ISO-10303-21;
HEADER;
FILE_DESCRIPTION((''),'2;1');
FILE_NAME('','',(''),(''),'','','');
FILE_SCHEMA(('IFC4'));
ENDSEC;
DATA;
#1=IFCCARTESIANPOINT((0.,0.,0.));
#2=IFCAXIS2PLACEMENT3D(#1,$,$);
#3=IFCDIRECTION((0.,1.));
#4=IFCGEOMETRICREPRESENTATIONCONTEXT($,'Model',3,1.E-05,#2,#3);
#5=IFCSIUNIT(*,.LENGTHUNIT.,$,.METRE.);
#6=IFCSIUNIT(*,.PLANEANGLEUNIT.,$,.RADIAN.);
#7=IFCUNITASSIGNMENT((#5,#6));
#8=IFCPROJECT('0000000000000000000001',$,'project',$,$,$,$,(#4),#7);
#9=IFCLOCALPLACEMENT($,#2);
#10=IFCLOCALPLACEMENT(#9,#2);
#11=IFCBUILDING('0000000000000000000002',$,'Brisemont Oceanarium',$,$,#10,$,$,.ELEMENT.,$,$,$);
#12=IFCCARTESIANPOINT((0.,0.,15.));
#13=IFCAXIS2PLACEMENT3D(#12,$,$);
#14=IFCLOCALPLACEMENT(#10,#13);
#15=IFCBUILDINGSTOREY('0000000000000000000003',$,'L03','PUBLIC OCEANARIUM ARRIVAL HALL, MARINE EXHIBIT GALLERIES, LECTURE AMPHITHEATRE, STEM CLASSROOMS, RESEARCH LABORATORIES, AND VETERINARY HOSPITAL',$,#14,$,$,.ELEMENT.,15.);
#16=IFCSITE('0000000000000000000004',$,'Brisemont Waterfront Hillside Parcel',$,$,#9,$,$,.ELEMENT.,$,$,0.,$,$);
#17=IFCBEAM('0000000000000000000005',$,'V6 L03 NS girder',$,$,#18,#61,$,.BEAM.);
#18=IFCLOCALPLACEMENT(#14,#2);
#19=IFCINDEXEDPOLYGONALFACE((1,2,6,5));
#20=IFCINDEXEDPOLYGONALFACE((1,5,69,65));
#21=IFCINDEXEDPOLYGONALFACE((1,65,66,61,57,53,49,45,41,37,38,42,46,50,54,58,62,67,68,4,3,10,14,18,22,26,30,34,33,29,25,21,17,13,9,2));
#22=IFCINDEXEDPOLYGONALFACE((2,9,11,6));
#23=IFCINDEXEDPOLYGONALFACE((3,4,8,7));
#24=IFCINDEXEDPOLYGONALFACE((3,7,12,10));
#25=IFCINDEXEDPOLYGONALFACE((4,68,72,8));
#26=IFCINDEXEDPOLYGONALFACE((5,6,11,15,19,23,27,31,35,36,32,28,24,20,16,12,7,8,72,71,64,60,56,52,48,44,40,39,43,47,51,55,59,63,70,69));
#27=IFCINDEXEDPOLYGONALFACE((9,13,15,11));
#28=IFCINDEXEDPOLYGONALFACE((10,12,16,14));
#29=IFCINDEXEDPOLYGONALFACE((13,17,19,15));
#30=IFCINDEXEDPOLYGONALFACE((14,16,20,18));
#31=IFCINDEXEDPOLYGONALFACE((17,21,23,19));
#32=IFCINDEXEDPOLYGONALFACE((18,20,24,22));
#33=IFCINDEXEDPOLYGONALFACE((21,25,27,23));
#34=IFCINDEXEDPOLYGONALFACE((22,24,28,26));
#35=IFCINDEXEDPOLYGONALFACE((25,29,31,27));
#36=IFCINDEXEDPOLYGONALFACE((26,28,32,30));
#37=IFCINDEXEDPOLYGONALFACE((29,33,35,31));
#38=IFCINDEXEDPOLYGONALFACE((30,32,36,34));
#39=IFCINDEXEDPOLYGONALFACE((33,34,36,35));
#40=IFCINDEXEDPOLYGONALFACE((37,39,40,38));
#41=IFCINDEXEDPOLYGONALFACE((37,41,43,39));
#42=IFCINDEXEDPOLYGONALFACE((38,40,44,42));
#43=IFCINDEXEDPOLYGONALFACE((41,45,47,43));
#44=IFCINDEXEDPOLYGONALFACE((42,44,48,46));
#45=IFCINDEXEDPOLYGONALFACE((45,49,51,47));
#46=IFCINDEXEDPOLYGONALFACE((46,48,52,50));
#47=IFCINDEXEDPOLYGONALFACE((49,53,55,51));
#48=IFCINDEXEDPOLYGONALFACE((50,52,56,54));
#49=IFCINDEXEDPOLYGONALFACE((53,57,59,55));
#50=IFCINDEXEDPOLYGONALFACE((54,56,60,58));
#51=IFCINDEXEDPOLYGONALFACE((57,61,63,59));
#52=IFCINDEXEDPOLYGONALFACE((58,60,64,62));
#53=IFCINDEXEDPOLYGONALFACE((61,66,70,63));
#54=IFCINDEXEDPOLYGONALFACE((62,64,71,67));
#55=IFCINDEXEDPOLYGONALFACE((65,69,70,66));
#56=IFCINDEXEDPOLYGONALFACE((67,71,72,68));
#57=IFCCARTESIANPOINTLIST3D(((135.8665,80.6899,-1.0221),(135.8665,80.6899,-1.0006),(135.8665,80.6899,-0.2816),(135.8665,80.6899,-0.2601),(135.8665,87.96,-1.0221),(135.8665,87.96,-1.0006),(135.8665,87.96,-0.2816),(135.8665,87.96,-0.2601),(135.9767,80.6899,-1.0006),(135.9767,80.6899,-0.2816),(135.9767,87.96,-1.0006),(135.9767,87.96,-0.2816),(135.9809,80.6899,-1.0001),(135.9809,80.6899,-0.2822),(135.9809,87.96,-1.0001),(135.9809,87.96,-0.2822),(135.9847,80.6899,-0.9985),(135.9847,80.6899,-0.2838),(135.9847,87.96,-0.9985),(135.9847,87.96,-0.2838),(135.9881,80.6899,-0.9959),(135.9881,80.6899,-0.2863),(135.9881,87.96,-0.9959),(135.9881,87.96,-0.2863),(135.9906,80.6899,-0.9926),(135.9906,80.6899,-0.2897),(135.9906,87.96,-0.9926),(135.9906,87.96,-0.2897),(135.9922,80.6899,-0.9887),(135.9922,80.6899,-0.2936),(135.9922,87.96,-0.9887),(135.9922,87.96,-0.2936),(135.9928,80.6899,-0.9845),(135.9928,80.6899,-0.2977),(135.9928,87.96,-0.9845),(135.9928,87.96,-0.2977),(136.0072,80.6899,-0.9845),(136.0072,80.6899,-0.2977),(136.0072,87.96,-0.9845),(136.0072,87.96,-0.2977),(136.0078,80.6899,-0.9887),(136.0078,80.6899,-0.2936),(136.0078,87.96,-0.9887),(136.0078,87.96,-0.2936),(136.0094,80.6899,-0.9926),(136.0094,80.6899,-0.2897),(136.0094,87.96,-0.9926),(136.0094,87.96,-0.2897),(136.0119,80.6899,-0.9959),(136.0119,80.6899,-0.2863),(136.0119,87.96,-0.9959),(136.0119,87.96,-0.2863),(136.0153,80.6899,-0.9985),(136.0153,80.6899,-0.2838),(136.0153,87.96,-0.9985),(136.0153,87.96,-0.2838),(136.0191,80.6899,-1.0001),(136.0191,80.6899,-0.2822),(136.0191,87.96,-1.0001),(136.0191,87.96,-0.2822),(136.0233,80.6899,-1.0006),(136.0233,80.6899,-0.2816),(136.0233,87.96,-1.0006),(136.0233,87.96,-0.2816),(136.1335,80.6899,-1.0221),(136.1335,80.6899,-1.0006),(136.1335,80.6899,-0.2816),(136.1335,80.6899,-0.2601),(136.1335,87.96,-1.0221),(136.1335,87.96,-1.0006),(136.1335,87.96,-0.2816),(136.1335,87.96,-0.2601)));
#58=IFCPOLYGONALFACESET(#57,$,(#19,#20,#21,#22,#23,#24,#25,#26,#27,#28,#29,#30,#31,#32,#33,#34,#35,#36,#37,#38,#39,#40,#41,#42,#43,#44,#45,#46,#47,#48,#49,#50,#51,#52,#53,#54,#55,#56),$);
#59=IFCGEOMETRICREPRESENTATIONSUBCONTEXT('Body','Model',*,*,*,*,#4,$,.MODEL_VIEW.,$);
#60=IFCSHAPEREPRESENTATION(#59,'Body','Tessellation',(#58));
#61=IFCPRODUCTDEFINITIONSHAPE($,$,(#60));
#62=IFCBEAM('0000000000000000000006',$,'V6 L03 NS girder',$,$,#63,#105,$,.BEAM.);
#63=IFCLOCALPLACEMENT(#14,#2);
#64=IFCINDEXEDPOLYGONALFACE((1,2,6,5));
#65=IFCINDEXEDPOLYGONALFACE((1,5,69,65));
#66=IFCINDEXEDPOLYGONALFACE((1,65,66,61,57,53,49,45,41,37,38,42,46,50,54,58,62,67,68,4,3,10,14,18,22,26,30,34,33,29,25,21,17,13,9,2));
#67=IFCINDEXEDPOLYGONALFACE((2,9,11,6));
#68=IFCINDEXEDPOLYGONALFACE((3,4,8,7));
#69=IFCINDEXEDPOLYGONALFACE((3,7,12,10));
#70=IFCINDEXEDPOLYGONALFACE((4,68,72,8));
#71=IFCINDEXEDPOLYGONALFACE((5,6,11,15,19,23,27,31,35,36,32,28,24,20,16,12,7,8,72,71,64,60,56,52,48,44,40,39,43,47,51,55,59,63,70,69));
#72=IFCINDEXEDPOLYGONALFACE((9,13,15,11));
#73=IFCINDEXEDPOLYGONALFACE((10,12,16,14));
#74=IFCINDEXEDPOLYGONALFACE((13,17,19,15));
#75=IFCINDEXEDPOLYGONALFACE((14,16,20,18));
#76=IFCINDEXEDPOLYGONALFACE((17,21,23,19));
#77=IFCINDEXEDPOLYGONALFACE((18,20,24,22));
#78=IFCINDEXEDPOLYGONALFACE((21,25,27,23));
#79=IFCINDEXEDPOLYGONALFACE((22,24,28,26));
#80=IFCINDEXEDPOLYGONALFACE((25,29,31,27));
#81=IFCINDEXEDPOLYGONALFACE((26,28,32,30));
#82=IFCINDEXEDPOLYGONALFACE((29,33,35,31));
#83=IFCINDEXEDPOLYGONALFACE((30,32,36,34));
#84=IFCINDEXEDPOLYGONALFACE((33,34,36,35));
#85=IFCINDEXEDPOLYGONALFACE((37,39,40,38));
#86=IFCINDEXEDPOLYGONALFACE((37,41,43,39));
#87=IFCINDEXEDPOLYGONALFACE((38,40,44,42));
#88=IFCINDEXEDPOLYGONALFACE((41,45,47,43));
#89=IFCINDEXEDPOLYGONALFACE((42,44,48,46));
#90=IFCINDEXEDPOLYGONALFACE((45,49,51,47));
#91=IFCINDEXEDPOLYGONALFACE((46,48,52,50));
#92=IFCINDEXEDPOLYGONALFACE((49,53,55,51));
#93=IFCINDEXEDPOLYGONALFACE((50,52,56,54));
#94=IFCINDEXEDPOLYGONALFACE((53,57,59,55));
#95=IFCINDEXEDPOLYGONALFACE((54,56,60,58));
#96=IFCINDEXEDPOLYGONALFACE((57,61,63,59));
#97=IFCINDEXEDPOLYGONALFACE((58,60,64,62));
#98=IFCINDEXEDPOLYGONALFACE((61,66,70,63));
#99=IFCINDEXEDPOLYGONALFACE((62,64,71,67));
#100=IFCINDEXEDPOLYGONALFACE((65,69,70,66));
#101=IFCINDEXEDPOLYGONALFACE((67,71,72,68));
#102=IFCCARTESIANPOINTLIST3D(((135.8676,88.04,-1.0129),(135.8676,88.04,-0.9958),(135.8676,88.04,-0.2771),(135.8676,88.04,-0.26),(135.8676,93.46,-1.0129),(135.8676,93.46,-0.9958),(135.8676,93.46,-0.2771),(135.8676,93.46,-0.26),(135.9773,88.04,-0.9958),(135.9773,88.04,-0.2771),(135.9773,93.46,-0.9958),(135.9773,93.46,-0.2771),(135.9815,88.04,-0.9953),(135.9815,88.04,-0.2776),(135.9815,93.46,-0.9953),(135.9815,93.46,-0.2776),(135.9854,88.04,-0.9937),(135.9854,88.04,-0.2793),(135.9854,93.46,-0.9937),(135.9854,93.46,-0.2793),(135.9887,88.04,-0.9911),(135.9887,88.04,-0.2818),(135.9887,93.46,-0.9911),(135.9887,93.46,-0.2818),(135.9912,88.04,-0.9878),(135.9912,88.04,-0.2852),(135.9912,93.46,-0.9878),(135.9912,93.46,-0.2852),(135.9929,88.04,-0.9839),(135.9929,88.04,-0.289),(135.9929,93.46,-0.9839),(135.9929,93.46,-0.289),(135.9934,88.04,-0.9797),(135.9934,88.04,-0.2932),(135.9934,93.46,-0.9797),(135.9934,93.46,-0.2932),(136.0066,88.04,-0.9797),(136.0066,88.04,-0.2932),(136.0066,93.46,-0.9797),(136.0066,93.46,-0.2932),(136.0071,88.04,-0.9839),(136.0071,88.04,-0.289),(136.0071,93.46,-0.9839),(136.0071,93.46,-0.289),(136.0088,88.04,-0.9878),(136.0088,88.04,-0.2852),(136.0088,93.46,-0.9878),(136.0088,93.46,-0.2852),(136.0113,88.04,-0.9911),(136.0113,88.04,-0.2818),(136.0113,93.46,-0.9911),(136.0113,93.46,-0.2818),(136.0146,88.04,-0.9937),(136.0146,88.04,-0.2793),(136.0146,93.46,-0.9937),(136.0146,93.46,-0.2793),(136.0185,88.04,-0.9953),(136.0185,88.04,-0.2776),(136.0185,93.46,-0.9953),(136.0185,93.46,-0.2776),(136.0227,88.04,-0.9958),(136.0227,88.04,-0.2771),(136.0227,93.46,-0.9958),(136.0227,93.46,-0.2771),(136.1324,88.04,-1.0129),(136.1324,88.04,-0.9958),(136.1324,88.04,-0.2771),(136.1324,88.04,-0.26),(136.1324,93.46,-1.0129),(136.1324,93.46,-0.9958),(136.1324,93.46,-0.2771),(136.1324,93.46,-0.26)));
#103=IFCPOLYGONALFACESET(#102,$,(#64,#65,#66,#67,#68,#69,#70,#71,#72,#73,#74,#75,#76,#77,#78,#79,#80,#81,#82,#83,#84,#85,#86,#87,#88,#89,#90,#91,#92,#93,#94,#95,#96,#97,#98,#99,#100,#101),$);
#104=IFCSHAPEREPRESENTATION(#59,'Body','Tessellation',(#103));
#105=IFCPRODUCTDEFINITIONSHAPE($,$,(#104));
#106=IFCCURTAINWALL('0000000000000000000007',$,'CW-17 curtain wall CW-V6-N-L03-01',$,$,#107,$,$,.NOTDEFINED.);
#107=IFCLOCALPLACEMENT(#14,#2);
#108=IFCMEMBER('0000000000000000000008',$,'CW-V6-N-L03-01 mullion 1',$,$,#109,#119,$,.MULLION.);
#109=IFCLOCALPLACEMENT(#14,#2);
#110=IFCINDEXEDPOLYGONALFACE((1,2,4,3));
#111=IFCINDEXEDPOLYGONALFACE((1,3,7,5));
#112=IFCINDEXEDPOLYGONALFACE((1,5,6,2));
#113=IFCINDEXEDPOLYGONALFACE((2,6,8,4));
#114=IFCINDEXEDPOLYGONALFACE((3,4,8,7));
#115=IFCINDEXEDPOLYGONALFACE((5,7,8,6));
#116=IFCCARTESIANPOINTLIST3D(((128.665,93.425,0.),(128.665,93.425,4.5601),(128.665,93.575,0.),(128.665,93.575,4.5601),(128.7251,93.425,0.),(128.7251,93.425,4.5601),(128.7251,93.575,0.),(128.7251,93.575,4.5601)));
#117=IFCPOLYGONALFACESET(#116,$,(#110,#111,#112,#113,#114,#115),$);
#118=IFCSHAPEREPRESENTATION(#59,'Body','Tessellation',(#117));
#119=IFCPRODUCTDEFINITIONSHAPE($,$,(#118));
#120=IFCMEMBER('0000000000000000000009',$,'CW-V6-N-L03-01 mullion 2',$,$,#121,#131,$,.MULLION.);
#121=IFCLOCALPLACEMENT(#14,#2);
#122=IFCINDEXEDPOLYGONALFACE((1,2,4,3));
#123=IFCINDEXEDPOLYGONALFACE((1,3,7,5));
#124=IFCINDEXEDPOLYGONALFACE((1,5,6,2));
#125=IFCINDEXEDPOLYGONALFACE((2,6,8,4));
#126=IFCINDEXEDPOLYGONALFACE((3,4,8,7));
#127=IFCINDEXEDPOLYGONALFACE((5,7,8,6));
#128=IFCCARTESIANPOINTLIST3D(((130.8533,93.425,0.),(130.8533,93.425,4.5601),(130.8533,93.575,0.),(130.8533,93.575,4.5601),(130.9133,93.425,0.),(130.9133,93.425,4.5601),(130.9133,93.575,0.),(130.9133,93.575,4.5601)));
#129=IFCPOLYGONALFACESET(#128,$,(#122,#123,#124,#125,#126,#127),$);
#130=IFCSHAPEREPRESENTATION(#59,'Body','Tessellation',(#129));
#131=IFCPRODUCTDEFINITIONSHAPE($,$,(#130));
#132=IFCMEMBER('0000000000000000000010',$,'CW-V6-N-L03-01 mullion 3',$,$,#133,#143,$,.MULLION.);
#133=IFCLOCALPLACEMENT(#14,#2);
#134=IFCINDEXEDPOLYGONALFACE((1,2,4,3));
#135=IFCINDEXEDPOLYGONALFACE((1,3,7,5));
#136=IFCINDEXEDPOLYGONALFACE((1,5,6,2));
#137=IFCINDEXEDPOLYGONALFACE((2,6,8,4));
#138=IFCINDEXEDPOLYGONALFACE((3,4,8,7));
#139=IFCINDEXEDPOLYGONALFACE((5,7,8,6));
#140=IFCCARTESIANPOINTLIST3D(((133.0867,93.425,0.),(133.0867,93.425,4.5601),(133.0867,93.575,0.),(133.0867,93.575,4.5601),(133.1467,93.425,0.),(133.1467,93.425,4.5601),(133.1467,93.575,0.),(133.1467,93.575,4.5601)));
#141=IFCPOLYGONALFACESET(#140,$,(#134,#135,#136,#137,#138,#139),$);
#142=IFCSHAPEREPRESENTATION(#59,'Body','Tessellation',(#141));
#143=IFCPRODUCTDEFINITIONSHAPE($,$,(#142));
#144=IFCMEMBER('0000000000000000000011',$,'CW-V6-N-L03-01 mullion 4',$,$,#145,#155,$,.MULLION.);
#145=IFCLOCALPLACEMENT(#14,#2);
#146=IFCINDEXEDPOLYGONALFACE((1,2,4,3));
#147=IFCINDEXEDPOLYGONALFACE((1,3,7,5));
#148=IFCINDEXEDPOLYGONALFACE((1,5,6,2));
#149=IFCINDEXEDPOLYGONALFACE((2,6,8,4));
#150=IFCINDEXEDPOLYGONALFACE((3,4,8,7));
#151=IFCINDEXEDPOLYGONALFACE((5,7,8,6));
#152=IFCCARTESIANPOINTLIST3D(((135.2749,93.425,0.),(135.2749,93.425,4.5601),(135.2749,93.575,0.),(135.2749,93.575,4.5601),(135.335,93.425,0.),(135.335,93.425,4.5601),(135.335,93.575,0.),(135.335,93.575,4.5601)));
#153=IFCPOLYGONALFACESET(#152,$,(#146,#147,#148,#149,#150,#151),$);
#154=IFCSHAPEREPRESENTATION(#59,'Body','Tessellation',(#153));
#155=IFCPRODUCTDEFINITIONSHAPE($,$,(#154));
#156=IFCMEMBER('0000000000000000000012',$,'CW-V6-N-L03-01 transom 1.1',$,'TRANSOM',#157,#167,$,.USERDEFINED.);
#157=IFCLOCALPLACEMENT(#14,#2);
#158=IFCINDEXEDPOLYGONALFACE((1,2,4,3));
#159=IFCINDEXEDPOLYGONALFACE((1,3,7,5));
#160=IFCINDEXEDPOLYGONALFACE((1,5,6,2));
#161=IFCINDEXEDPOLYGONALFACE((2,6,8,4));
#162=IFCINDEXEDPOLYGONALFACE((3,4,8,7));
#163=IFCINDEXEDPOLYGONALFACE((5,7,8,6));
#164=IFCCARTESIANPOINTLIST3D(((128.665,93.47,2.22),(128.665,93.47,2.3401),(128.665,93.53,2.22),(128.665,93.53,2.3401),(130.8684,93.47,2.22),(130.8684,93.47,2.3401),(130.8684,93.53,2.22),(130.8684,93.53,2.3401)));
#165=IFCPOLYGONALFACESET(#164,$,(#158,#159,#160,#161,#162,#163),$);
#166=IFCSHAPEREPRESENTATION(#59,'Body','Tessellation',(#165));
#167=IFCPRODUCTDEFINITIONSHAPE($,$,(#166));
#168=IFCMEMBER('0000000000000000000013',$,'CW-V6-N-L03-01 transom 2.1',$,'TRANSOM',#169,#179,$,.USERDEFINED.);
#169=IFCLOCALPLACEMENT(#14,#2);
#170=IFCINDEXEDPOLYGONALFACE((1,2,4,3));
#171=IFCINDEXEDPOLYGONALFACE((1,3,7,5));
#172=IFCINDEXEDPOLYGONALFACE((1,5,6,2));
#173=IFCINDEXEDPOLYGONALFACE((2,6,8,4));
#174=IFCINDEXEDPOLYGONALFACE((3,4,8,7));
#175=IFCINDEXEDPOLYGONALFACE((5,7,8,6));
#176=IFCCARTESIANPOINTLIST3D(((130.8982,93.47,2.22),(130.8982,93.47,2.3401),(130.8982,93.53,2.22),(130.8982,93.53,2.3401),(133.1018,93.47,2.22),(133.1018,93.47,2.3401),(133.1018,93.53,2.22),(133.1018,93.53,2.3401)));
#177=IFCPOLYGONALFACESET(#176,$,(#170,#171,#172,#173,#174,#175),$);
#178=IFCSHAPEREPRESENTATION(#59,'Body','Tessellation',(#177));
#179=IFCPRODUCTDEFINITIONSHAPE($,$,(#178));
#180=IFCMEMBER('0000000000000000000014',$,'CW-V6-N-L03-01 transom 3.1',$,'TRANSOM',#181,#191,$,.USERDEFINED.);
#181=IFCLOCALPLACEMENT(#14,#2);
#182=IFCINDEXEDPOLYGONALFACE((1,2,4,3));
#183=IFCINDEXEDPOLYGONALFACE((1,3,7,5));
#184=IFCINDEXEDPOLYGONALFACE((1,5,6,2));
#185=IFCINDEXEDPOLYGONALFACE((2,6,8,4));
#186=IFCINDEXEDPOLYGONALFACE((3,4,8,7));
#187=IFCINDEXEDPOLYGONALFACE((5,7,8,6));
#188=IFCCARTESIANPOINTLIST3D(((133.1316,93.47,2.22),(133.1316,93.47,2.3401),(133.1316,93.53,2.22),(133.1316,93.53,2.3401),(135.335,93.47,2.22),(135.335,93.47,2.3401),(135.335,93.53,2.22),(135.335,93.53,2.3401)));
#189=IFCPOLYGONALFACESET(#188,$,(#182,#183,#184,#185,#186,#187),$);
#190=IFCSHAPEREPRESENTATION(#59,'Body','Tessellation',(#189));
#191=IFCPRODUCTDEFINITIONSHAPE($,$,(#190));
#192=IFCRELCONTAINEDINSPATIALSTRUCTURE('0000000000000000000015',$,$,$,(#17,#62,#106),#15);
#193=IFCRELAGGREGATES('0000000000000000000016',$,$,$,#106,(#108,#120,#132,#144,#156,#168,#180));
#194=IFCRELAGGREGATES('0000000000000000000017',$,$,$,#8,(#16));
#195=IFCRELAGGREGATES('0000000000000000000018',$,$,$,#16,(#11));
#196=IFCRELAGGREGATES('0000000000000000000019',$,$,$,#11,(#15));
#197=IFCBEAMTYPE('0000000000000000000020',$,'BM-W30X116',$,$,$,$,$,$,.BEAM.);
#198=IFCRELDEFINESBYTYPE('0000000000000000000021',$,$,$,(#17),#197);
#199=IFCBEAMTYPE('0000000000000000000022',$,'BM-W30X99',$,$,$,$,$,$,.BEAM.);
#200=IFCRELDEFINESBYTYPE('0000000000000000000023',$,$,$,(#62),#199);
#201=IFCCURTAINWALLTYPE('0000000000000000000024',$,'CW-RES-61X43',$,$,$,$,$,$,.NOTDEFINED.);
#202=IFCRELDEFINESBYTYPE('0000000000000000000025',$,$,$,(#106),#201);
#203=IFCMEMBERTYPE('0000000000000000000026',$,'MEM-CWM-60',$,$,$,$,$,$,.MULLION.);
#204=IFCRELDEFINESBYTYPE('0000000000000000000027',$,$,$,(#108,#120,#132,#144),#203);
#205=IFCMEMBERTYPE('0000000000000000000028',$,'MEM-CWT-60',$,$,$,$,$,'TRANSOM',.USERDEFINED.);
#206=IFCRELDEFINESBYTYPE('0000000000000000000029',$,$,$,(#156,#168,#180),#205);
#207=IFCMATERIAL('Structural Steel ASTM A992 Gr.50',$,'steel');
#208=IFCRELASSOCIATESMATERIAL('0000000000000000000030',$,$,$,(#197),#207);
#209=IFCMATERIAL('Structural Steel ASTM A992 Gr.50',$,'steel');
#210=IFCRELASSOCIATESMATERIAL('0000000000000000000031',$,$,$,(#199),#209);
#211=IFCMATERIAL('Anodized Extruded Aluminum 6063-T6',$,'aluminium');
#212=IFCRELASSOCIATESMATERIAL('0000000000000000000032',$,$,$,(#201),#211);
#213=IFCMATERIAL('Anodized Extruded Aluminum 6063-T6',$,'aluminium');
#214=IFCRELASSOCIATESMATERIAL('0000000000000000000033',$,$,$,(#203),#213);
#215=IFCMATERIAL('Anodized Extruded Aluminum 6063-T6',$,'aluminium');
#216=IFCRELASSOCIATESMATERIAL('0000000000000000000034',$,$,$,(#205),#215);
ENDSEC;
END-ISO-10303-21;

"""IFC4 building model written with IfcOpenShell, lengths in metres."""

from ifc_helpers import new_model, si_unit, direction, frame, origin, origin_2d, place, context, subcontext, project, spatial, rectangle, i_section, extrude, material, material_profile, profile_set, type_object, element, aggregate, save


model = new_model("IFC4")

# Units and contexts
model_context = context("Model", 3, precision=1e-05, world=origin(), true_north=direction((0.0, 1.0)))
body_context = subcontext(model_context, "Body", "Model", "MODEL_VIEW")
ifc_project = project(units=[si_unit("LENGTHUNIT", "METRE"), si_unit("PLANEANGLEUNIT", "RADIAN")], contexts=[model_context])

# Site, building, storey
site_placement = place(None, origin())
site = spatial("IfcSite", under=ifc_project, at=site_placement, Name="Brisemont Waterfront Hillside Parcel", CompositionType="ELEMENT", RefElevation=0.0)
building_placement = place(site_placement, origin())
building = spatial("IfcBuilding", under=site, at=building_placement, Name="Brisemont Oceanarium", CompositionType="ELEMENT")
storey_placement = place(building_placement, frame((0.0, 0.0, 15.0)))
storey = spatial("IfcBuildingStorey", under=building, at=storey_placement, Name="L03", Description="PUBLIC OCEANARIUM ARRIVAL HALL, MARINE EXHIBIT GALLERIES, LECTURE AMPHITHEATRE, STEM CLASSROOMS, RESEARCH LABORATORIES, AND VETERINARY HOSPITAL", CompositionType="ELEMENT", Elevation=15.0)

# Beams
ifc_material_1 = material(Name="Structural Steel ASTM A992 Gr.50", Category="steel")
ifc_material_profile_1 = material_profile(ifc_material_1, i_section(OverallWidth=0.2671, OverallDepth=0.762, WebThickness=0.0144, FlangeThickness=0.0215, FilletRadius=0.0161, at=origin_2d()), Name="W30X116")
ifc_profile_set_1 = profile_set([ifc_material_profile_1], Name="Structural Steel ASTM A992 Gr.50")
beam_type_1 = type_object("IfcBeamType", Name="BM-W30X116", PredefinedType="BEAM", material=ifc_profile_set_1)
beam_1_placement = place(storey_placement, frame((136.0, 80.6899, -0.6411), z_axis=(0.0, 1.0, 0.0), x_axis=(-1.0, 0.0, 0.0)))
element("IfcBeam", 1, at=beam_1_placement, inside=storey, type_object=beam_type_1, Name="V6 L03 NS girder", PredefinedType="BEAM", context=body_context, shape_type="SweptSolid", body=[
    extrude(i_section(OverallWidth=0.2671, OverallDepth=0.762, WebThickness=0.0144, FlangeThickness=0.0215, FilletRadius=0.0161, at=origin_2d()), origin(), (0.0, 0.0, 1.0), 7.27),
])
ifc_material_2 = material(Name="Structural Steel ASTM A992 Gr.50", Category="steel")
ifc_material_profile_2 = material_profile(ifc_material_2, i_section(OverallWidth=0.2649, OverallDepth=0.7529, WebThickness=0.0132, FlangeThickness=0.0171, FilletRadius=0.0161, at=origin_2d()), Name="W30X99")
ifc_profile_set_2 = profile_set([ifc_material_profile_2], Name="Structural Steel ASTM A992 Gr.50")
beam_type_2 = type_object("IfcBeamType", Name="BM-W30X99", PredefinedType="BEAM", material=ifc_profile_set_2)
beam_2_placement = place(storey_placement, frame((136.0, 88.04, -0.6365), z_axis=(0.0, 1.0, 0.0), x_axis=(-1.0, 0.0, 0.0)))
element("IfcBeam", 2, at=beam_2_placement, inside=storey, type_object=beam_type_2, Name="V6 L03 NS girder", PredefinedType="BEAM", context=body_context, shape_type="SweptSolid", body=[
    extrude(i_section(OverallWidth=0.2649, OverallDepth=0.7529, WebThickness=0.0132, FlangeThickness=0.0171, FilletRadius=0.0161, at=origin_2d()), origin(), (0.0, 0.0, 1.0), 5.4199),
])

# Curtain wall, members
ifc_material_3 = material(Name="Anodized Extruded Aluminum 6063-T6", Category="aluminium")
curtain_wall_type = type_object("IfcCurtainWallType", Name="CW-RES-61X43", PredefinedType="NOTDEFINED", material=ifc_material_3)
curtain_wall_placement = place(storey_placement, origin())
curtain_wall = element("IfcCurtainWall", 3, at=curtain_wall_placement, inside=storey, type_object=curtain_wall_type, Name="CW-17 curtain wall CW-V6-N-L03-01", PredefinedType="NOTDEFINED")
ifc_material_4 = material(Name="Anodized Extruded Aluminum 6063-T6", Category="aluminium")
ifc_material_profile_3 = material_profile(ifc_material_4, rectangle(XDim=0.0601, YDim=0.1499, at=origin_2d()), Name="CWM-60X150")
ifc_profile_set_3 = profile_set([ifc_material_profile_3], Name="Anodized Extruded Aluminum 6063-T6")
member_type_1 = type_object("IfcMemberType", Name="MEM-CWM-60", PredefinedType="MULLION", material=ifc_profile_set_3)
member_1_placement = place(storey_placement, frame((128.6951, 93.5, 0.0), z_axis=(0.0, 0.0, 1.0), x_axis=(1.0, 0.0, 0.0)))
member_1 = element("IfcMember", 4, at=member_1_placement, type_object=member_type_1, Name="CW-V6-N-L03-01 mullion 1", PredefinedType="MULLION", context=body_context, shape_type="SweptSolid", body=[
    extrude(rectangle(XDim=0.0601, YDim=0.1499, at=origin_2d()), origin(), (0.0, 0.0, 1.0), 4.5601),
])
member_2_placement = place(storey_placement, frame((130.8833, 93.5, 0.0), z_axis=(0.0, 0.0, 1.0), x_axis=(1.0, 0.0, 0.0)))
member_2 = element("IfcMember", 5, at=member_2_placement, type_object=member_type_1, Name="CW-V6-N-L03-01 mullion 2", PredefinedType="MULLION", context=body_context, shape_type="SweptSolid", body=[
    extrude(rectangle(XDim=0.0601, YDim=0.1499, at=origin_2d()), origin(), (0.0, 0.0, 1.0), 4.5601),
])
member_3_placement = place(storey_placement, frame((133.1167, 93.5, 0.0), z_axis=(0.0, 0.0, 1.0), x_axis=(1.0, 0.0, 0.0)))
member_3 = element("IfcMember", 6, at=member_3_placement, type_object=member_type_1, Name="CW-V6-N-L03-01 mullion 3", PredefinedType="MULLION", context=body_context, shape_type="SweptSolid", body=[
    extrude(rectangle(XDim=0.0601, YDim=0.1499, at=origin_2d()), origin(), (0.0, 0.0, 1.0), 4.5601),
])
member_4_placement = place(storey_placement, frame((135.3049, 93.5, 0.0), z_axis=(0.0, 0.0, 1.0), x_axis=(1.0, 0.0, 0.0)))
member_4 = element("IfcMember", 7, at=member_4_placement, type_object=member_type_1, Name="CW-V6-N-L03-01 mullion 4", PredefinedType="MULLION", context=body_context, shape_type="SweptSolid", body=[
    extrude(rectangle(XDim=0.0601, YDim=0.1499, at=origin_2d()), origin(), (0.0, 0.0, 1.0), 4.5601),
])
ifc_material_5 = material(Name="Anodized Extruded Aluminum 6063-T6", Category="aluminium")
ifc_material_profile_4 = material_profile(ifc_material_5, rectangle(XDim=0.0601, YDim=0.1201, at=origin_2d()), Name="CWT-60X120")
ifc_profile_set_4 = profile_set([ifc_material_profile_4], Name="Anodized Extruded Aluminum 6063-T6")
member_type_2 = type_object("IfcMemberType", Name="MEM-CWT-60", ElementType="TRANSOM", PredefinedType="USERDEFINED", material=ifc_profile_set_4)
member_5_placement = place(storey_placement, frame((128.665, 93.5, 2.28), z_axis=(1.0, 0.0, 0.0), x_axis=(0.0, 1.0, 0.0)))
member_5 = element("IfcMember", 8, at=member_5_placement, type_object=member_type_2, Name="CW-V6-N-L03-01 transom 1.1", ObjectType="TRANSOM", PredefinedType="USERDEFINED", context=body_context, shape_type="SweptSolid", body=[
    extrude(rectangle(XDim=0.0601, YDim=0.1201, at=origin_2d()), origin(), (0.0, 0.0, 1.0), 2.2034),
])
member_6_placement = place(storey_placement, frame((130.8982, 93.5, 2.28), z_axis=(1.0, 0.0, 0.0), x_axis=(0.0, 1.0, 0.0)))
member_6 = element("IfcMember", 9, at=member_6_placement, type_object=member_type_2, Name="CW-V6-N-L03-01 transom 2.1", ObjectType="TRANSOM", PredefinedType="USERDEFINED", context=body_context, shape_type="SweptSolid", body=[
    extrude(rectangle(XDim=0.0601, YDim=0.1201, at=origin_2d()), origin(), (0.0, 0.0, 1.0), 2.2036),
])
member_7_placement = place(storey_placement, frame((133.1316, 93.5, 2.28), z_axis=(1.0, 0.0, 0.0), x_axis=(0.0, 1.0, 0.0)))
member_7 = element("IfcMember", 10, at=member_7_placement, type_object=member_type_2, Name="CW-V6-N-L03-01 transom 3.1", ObjectType="TRANSOM", PredefinedType="USERDEFINED", context=body_context, shape_type="SweptSolid", body=[
    extrude(rectangle(XDim=0.0601, YDim=0.1201, at=origin_2d()), origin(), (0.0, 0.0, 1.0), 2.2034),
])
aggregate(curtain_wall, [member_1, member_2, member_3, member_4, member_5, member_6, member_7])

save(model, "model.ifc")
